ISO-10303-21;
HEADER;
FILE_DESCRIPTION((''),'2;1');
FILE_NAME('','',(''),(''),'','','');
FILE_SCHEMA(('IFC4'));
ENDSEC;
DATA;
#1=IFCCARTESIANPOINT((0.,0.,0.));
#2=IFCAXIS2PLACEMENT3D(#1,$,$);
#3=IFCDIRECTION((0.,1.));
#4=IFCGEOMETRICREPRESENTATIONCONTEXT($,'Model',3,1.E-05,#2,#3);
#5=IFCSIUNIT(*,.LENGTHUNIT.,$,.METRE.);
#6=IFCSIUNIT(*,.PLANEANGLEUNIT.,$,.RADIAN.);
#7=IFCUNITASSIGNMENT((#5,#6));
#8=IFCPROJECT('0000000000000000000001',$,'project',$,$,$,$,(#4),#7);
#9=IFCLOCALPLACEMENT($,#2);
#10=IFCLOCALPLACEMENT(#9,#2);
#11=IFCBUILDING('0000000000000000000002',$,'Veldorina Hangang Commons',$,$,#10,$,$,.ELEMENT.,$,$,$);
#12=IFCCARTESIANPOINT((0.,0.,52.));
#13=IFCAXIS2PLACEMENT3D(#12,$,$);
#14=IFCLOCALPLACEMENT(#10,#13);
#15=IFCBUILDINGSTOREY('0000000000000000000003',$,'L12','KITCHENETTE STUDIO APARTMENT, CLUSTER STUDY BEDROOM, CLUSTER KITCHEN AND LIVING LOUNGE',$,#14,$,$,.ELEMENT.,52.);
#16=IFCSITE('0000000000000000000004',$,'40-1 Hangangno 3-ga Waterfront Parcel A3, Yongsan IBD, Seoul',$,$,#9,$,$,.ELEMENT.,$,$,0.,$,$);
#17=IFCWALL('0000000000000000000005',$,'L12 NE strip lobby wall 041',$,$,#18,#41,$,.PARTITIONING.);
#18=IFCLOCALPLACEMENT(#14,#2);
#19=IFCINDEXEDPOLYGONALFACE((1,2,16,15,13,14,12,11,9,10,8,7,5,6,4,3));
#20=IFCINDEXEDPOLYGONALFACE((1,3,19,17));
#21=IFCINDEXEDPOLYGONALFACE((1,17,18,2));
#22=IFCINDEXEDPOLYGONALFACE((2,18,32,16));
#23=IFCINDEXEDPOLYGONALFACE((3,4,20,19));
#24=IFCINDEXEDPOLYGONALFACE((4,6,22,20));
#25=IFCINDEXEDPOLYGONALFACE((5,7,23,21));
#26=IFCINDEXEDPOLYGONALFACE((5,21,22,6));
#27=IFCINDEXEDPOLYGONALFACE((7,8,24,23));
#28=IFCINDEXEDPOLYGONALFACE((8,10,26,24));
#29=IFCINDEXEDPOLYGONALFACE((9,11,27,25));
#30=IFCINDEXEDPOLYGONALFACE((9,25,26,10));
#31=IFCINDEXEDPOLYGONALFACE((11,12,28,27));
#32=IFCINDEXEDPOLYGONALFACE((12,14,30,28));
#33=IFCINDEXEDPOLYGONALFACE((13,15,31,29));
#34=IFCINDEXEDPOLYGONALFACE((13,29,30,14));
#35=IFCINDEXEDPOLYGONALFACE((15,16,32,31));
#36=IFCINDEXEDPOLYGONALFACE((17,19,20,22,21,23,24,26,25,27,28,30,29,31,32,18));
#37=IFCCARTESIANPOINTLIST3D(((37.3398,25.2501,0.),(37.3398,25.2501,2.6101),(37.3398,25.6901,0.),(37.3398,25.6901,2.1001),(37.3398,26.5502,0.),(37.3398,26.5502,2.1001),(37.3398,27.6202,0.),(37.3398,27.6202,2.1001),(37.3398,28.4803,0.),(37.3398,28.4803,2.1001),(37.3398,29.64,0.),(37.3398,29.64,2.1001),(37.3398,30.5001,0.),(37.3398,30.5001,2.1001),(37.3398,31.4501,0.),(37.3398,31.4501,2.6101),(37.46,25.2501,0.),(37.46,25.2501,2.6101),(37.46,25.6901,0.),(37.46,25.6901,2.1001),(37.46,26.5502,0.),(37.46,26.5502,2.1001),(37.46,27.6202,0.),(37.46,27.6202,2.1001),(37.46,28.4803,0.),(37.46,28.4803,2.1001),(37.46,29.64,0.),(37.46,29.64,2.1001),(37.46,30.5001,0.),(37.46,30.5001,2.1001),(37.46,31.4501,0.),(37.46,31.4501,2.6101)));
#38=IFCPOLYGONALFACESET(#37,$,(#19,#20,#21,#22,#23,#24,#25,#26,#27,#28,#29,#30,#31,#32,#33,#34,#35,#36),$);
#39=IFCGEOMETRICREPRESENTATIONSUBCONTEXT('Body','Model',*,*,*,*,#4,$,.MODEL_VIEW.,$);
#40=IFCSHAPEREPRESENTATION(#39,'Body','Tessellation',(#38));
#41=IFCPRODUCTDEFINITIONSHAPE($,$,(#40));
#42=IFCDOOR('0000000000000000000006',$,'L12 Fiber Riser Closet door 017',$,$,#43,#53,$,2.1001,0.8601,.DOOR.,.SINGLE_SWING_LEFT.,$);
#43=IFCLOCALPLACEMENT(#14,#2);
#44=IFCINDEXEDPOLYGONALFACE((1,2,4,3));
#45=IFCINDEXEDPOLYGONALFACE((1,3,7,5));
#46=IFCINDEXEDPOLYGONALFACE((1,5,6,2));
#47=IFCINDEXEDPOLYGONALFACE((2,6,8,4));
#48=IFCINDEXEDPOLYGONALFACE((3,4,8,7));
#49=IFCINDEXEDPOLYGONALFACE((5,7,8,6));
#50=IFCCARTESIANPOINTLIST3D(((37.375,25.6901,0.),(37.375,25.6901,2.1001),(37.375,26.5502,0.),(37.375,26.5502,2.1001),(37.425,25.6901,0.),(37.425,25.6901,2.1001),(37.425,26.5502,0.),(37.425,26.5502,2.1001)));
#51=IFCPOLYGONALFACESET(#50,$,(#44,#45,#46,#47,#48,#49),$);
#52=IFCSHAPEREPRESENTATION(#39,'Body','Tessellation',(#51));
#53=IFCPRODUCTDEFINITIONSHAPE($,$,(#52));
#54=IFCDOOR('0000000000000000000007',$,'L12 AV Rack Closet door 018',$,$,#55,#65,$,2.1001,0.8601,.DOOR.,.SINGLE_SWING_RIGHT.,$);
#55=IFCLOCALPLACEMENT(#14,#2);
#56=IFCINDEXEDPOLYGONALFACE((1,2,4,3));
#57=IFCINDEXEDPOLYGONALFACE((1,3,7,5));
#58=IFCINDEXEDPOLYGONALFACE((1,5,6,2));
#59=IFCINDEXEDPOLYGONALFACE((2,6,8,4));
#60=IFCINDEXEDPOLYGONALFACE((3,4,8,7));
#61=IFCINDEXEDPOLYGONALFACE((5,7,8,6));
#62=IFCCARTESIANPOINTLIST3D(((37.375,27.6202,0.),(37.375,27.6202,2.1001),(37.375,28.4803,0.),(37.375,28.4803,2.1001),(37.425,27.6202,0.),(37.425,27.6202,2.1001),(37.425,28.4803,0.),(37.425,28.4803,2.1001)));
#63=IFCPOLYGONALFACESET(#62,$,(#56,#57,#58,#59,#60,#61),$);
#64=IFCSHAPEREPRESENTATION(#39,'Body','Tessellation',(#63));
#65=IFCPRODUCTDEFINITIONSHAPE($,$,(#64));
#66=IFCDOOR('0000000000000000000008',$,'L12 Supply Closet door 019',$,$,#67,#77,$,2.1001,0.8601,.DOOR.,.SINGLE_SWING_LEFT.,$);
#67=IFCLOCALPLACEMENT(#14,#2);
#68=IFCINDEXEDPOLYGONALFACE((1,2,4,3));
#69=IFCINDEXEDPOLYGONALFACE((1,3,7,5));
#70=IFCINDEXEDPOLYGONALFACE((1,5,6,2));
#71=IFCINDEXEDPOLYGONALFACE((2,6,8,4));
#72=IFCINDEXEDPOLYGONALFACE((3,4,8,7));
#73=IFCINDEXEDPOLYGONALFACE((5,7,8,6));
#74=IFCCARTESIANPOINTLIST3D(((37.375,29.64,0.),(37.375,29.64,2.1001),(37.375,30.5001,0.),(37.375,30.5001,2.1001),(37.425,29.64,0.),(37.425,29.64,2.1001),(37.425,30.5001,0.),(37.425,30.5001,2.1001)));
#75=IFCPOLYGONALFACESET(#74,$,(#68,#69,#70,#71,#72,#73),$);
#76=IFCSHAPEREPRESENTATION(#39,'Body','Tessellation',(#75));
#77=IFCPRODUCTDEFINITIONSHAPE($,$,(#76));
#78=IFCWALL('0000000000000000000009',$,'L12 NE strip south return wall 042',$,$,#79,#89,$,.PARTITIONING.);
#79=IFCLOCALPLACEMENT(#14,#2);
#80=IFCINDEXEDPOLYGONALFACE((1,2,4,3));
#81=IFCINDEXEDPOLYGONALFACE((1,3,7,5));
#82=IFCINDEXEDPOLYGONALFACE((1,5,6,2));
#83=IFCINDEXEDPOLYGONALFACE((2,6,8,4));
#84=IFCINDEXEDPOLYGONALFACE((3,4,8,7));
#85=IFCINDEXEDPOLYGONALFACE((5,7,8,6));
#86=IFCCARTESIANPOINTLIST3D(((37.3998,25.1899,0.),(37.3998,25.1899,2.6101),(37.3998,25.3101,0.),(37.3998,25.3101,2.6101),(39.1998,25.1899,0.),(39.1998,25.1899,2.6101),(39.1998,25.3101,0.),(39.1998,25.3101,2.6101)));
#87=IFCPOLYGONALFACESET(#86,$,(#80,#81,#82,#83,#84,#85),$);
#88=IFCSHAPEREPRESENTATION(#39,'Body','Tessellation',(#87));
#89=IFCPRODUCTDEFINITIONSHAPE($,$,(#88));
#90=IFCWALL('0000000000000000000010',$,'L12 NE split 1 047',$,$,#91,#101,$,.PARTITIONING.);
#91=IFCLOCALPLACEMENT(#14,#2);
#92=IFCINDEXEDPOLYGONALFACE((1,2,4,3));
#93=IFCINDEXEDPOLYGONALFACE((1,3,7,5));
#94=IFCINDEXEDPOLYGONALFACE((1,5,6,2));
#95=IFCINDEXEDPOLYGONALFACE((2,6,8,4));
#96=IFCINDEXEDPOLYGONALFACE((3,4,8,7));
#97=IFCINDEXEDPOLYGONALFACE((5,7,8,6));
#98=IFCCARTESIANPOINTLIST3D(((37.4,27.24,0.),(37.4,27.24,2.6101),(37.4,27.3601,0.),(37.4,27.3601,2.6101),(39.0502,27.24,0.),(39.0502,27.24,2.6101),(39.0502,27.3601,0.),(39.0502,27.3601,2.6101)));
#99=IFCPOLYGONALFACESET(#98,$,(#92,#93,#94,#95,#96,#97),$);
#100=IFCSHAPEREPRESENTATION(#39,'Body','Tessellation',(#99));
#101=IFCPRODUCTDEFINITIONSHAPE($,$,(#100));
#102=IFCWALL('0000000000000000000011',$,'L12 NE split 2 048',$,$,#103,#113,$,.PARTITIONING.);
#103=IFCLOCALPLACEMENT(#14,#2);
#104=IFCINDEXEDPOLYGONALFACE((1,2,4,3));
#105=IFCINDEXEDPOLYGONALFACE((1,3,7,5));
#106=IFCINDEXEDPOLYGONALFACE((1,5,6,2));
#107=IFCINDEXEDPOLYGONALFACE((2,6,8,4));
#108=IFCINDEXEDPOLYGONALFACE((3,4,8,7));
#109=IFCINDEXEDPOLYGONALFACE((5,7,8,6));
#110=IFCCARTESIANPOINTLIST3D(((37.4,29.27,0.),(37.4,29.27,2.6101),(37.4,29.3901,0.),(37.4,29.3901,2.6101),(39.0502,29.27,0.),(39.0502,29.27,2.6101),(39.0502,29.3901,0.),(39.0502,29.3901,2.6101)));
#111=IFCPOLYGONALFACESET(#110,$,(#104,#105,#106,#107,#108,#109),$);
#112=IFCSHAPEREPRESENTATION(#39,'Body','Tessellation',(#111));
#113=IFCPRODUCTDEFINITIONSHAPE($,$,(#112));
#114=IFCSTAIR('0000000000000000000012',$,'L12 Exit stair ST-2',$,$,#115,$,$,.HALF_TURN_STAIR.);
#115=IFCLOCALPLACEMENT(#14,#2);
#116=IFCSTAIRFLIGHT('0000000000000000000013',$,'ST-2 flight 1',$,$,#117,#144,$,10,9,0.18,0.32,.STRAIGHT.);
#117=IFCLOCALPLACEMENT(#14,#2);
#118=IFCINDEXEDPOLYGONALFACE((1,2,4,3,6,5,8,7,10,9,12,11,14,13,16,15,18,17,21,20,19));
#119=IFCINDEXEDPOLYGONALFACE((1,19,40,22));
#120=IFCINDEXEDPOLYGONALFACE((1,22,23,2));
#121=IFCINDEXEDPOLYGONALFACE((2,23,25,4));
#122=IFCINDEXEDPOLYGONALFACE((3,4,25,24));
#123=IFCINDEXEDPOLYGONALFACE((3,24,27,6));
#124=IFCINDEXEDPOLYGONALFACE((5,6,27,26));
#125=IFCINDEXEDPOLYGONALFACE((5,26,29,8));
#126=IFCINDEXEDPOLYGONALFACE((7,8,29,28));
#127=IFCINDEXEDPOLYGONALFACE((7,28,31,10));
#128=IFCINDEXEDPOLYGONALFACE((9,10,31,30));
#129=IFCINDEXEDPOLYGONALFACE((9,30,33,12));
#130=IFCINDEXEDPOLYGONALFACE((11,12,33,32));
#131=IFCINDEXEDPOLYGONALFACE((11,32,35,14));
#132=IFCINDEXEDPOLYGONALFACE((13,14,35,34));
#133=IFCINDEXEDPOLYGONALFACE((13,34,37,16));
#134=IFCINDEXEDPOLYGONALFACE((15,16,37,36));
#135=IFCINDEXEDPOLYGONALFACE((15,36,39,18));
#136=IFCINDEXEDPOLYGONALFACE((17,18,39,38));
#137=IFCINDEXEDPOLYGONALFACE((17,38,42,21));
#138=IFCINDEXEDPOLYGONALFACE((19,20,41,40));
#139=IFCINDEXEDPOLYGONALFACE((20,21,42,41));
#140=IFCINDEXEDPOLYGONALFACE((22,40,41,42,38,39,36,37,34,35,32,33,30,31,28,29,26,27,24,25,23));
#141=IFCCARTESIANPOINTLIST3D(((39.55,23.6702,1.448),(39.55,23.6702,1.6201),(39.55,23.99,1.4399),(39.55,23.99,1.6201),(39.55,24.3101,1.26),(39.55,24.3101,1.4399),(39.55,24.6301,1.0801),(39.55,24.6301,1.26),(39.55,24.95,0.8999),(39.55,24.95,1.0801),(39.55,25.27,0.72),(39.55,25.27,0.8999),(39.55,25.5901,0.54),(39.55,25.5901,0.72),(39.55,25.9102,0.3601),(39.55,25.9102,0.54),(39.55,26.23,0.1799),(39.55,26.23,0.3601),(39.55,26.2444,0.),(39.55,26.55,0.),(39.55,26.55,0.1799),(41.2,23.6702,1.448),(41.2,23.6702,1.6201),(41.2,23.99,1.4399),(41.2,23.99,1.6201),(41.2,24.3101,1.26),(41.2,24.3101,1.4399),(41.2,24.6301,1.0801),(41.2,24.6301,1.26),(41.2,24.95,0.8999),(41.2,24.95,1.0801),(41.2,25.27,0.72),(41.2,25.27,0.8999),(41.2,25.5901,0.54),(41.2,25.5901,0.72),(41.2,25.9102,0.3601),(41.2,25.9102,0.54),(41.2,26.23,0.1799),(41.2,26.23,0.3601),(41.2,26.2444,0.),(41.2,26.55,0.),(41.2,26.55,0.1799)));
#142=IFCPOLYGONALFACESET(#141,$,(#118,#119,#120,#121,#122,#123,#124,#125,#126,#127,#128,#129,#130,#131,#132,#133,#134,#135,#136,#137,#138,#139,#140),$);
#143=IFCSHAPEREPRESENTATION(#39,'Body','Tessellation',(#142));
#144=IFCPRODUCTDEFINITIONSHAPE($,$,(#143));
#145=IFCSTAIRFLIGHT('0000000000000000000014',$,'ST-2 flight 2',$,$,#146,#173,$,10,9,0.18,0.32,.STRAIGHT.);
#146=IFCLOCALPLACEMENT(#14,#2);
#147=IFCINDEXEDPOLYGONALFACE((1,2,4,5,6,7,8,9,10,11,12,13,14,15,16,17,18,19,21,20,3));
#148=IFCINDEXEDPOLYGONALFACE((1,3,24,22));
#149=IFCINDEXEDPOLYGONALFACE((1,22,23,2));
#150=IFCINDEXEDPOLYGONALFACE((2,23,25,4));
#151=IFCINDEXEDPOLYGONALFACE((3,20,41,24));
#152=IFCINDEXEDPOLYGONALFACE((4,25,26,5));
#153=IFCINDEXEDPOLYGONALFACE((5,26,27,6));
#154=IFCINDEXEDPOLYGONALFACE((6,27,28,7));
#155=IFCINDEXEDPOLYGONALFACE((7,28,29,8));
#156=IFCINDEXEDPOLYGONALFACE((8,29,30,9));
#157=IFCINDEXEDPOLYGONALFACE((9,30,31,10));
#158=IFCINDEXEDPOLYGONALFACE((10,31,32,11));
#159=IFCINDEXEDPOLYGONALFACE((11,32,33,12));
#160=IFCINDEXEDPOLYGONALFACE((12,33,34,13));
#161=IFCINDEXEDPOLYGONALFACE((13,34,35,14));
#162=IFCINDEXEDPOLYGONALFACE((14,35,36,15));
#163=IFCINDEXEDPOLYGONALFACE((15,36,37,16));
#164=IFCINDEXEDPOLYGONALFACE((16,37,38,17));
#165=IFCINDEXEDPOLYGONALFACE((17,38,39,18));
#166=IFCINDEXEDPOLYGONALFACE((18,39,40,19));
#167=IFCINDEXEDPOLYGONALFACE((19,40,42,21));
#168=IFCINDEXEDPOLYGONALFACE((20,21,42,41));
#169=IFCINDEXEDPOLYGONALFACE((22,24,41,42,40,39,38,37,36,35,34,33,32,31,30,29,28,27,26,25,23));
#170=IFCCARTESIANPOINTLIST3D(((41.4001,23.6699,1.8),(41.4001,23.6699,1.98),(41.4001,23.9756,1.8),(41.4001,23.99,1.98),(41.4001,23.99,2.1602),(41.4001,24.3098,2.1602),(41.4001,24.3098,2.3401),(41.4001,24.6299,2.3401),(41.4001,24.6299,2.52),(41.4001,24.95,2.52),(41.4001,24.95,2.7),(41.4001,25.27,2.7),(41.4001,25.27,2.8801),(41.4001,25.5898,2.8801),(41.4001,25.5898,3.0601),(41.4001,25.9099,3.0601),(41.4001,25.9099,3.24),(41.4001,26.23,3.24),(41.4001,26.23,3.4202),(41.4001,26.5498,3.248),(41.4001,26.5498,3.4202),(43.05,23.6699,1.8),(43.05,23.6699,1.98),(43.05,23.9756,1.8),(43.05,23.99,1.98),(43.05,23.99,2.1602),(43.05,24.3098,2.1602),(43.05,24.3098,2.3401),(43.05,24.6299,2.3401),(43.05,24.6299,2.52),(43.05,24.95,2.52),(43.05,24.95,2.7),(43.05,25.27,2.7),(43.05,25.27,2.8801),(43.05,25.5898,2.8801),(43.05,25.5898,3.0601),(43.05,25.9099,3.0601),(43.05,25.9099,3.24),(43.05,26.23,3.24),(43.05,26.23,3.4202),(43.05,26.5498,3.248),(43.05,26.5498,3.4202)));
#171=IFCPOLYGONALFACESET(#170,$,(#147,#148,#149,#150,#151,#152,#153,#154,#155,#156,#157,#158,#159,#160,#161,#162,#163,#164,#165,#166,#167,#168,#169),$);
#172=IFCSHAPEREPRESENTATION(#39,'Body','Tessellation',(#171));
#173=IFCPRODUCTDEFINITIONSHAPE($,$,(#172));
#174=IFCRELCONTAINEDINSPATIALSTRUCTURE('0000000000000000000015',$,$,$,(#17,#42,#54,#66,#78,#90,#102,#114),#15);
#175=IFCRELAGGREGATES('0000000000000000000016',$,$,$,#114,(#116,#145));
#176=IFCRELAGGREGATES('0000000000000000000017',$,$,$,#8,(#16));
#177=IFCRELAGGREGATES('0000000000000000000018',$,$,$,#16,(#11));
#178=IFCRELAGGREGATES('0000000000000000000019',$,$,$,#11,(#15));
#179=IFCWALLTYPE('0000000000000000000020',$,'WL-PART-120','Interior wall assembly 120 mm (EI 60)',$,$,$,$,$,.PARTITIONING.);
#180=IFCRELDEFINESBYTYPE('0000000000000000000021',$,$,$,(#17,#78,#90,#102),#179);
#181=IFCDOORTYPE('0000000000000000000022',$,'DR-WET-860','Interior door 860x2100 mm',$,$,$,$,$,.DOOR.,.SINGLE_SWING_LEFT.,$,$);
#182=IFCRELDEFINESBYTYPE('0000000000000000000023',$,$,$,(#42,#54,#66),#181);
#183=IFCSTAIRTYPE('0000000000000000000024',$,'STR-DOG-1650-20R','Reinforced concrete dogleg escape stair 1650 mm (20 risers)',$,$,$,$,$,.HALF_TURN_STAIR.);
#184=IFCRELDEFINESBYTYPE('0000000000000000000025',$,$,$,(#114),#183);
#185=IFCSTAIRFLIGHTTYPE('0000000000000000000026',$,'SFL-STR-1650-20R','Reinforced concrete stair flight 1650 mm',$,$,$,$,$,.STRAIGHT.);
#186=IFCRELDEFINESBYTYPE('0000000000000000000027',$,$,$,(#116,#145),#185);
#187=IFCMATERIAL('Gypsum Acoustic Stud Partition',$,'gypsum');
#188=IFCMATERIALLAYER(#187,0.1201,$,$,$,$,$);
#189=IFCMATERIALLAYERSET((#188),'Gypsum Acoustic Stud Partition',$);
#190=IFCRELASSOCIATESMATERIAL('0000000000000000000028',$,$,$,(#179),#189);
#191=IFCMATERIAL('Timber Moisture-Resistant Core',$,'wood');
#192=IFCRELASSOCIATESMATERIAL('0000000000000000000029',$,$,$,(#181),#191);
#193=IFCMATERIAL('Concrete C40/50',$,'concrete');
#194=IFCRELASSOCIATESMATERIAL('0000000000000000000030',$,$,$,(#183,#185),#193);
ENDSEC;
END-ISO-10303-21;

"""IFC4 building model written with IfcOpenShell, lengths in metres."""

from ifc_helpers import new_model, si_unit, direction, frame, frame_2d, origin, place, context, subcontext, project, spatial, polyline, rectangle, outline, extrude, material, layer, layer_set, type_object, element, fill, aggregate, save


model = new_model("IFC4")

# Units and contexts
model_context = context("Model", 3, precision=1e-05, world=origin(), true_north=direction((0.0, 1.0)))
body_context = subcontext(model_context, "Body", "Model", "MODEL_VIEW")
ifc_project = project(units=[si_unit("LENGTHUNIT", "METRE"), si_unit("PLANEANGLEUNIT", "RADIAN")], contexts=[model_context])

# Site, building, storey
site_placement = place(None, origin())
site = spatial("IfcSite", under=ifc_project, at=site_placement, Name="40-1 Hangangno 3-ga Waterfront Parcel A3, Yongsan IBD, Seoul", CompositionType="ELEMENT", RefElevation=0.0)
building_placement = place(site_placement, origin())
building = spatial("IfcBuilding", under=site, at=building_placement, Name="Veldorina Hangang Commons", CompositionType="ELEMENT")
storey_placement = place(building_placement, frame((0.0, 0.0, 52.0)))
storey = spatial("IfcBuildingStorey", under=building, at=storey_placement, Name="L12", Description="KITCHENETTE STUDIO APARTMENT, CLUSTER STUDY BEDROOM, CLUSTER KITCHEN AND LIVING LOUNGE", CompositionType="ELEMENT", Elevation=52.0)

# Wall, openings, doors
ifc_material_1 = material(Name="Gypsum Acoustic Stud Partition", Category="gypsum")
ifc_layer_1 = layer(ifc_material_1, 0.1201)
ifc_layer_set_1 = layer_set([ifc_layer_1], Name="Gypsum Acoustic Stud Partition")
wall_type_1 = type_object("IfcWallType", Name="WL-PART-120", Description="Interior wall assembly 120 mm (EI 60)", PredefinedType="PARTITIONING", material=ifc_layer_set_1)
wall_1_placement = place(storey_placement, frame((37.3999, 25.25, 0.0), z_axis=(0.0, 0.0, 1.0), x_axis=(0.0, 1.0, 0.0)))
wall_1 = element("IfcWall", 1, at=wall_1_placement, inside=storey, type_object=wall_type_1, Name="L12 NE strip lobby wall 041", PredefinedType="PARTITIONING", context=body_context, shape_type="SweptSolid", body=[
    extrude(rectangle(XDim=6.2, YDim=0.1201, at=frame_2d((3.1001, 0.0))), origin(), (0.0, 0.0, 1.0), 2.6101),
])
opening_1_placement = place(wall_1_placement, frame((0.4399, 0.0, 0.0)))
opening_1 = element("IfcOpeningElement", 2, at=opening_1_placement, cuts=wall_1, PredefinedType="OPENING", context=body_context, shape_type="SweptSolid", body=[
    extrude(rectangle(XDim=0.8601, YDim=2.1001, at=frame_2d((0.4302, 1.05))), frame((0.0, 0.0701, 0.0), z_axis=(0.0, -1.0, 0.0), x_axis=(1.0, 0.0, 0.0)), (0.0, 0.0, 1.0), 0.1401),
])
opening_2_placement = place(wall_1_placement, frame((2.3701, 0.0, 0.0)))
opening_2 = element("IfcOpeningElement", 3, at=opening_2_placement, cuts=wall_1, PredefinedType="OPENING", context=body_context, shape_type="SweptSolid", body=[
    extrude(rectangle(XDim=0.8601, YDim=2.1001, at=frame_2d((0.4302, 1.05))), frame((0.0, 0.0701, 0.0), z_axis=(0.0, -1.0, 0.0), x_axis=(1.0, 0.0, 0.0)), (0.0, 0.0, 1.0), 0.1401),
])
opening_3_placement = place(wall_1_placement, frame((4.3899, 0.0, 0.0)))
opening_3 = element("IfcOpeningElement", 4, at=opening_3_placement, cuts=wall_1, PredefinedType="OPENING", context=body_context, shape_type="SweptSolid", body=[
    extrude(rectangle(XDim=0.8601, YDim=2.1001, at=frame_2d((0.4302, 1.05))), frame((0.0, 0.0701, 0.0), z_axis=(0.0, -1.0, 0.0), x_axis=(1.0, 0.0, 0.0)), (0.0, 0.0, 1.0), 0.1401),
])
ifc_material_2 = material(Name="Timber Moisture-Resistant Core", Category="wood")
door_type_1 = type_object("IfcDoorType", Name="DR-WET-860", Description="Interior door 860x2100 mm", OperationType="SINGLE_SWING_LEFT", PredefinedType="DOOR", material=ifc_material_2)
door_1_placement = place(opening_1_placement, origin())
door_1 = element("IfcDoor", 5, at=door_1_placement, inside=storey, type_object=door_type_1, Name="L12 Fiber Riser Closet door 017", OperationType="SINGLE_SWING_LEFT", OverallHeight=2.1001, OverallWidth=0.8601, PredefinedType="DOOR", context=body_context, shape_type="SweptSolid", body=[
    extrude(rectangle(XDim=0.8601, YDim=2.1001, at=frame_2d((0.4302, 1.05))), frame((0.0, 0.0249, 0.0), z_axis=(0.0, -1.0, 0.0), x_axis=(1.0, 0.0, 0.0)), (0.0, 0.0, 1.0), 0.05),
])
fill(opening_1, door_1)
door_2_placement = place(opening_2_placement, origin())
door_2 = element("IfcDoor", 6, at=door_2_placement, inside=storey, type_object=door_type_1, Name="L12 AV Rack Closet door 018", OperationType="SINGLE_SWING_RIGHT", OverallHeight=2.1001, OverallWidth=0.8601, PredefinedType="DOOR", context=body_context, shape_type="SweptSolid", body=[
    extrude(rectangle(XDim=0.8601, YDim=2.1001, at=frame_2d((0.4302, 1.05))), frame((0.0, 0.0249, 0.0), z_axis=(0.0, -1.0, 0.0), x_axis=(1.0, 0.0, 0.0)), (0.0, 0.0, 1.0), 0.05),
])
fill(opening_2, door_2)
door_3_placement = place(opening_3_placement, origin())
door_3 = element("IfcDoor", 7, at=door_3_placement, inside=storey, type_object=door_type_1, Name="L12 Supply Closet door 019", OperationType="SINGLE_SWING_LEFT", OverallHeight=2.1001, OverallWidth=0.8601, PredefinedType="DOOR", context=body_context, shape_type="SweptSolid", body=[
    extrude(rectangle(XDim=0.8601, YDim=2.1001, at=frame_2d((0.4302, 1.05))), frame((0.0, 0.0249, 0.0), z_axis=(0.0, -1.0, 0.0), x_axis=(1.0, 0.0, 0.0)), (0.0, 0.0, 1.0), 0.05),
])
fill(opening_3, door_3)

# Walls
wall_2_placement = place(storey_placement, frame((37.3999, 25.25, 0.0), z_axis=(0.0, 0.0, 1.0), x_axis=(1.0, 0.0, 0.0)))
element("IfcWall", 8, at=wall_2_placement, inside=storey, type_object=wall_type_1, Name="L12 NE strip south return wall 042", PredefinedType="PARTITIONING", context=body_context, shape_type="SweptSolid", body=[
    extrude(rectangle(XDim=1.8, YDim=0.1201, at=frame_2d((0.8999, 0.0))), origin(), (0.0, 0.0, 1.0), 2.6101),
])
for number, where, z_axis, x_axis, name in (
    (9, (37.3999, 27.3, 0.0), (0.0, 0.0, 1.0), (1.0, 0.0, 0.0), "L12 NE split 1 047"),
    (10, (37.3999, 29.3301, 0.0), (0.0, 0.0, 1.0), (1.0, 0.0, 0.0), "L12 NE split 2 048"),
):
    element("IfcWall", number, at=place(storey_placement, frame(where, z_axis=z_axis, x_axis=x_axis)), inside=storey, type_object=wall_type_1, Name=name, PredefinedType="PARTITIONING", context=body_context, shape_type="SweptSolid", body=[
        extrude(rectangle(XDim=1.6501, YDim=0.1201, at=frame_2d((0.8252, 0.0))), origin(), (0.0, 0.0, 1.0), 2.6101),
    ])

# Stair, stair flights
ifc_material_3 = material(Name="Concrete C40/50", Category="concrete")
stair_type = type_object("IfcStairType", Name="STR-DOG-1650-20R", Description="Reinforced concrete dogleg escape stair 1650 mm (20 risers)", PredefinedType="HALF_TURN_STAIR", material=ifc_material_3)
stair_placement = place(storey_placement, origin())
stair = element("IfcStair", 11, at=stair_placement, inside=storey, type_object=stair_type, Name="L12 Exit stair ST-2", PredefinedType="HALF_TURN_STAIR")
stair_flight_type = type_object("IfcStairFlightType", Name="SFL-STR-1650-20R", Description="Reinforced concrete stair flight 1650 mm", PredefinedType="STRAIGHT", material=ifc_material_3)
stair_flight_1_placement = place(storey_placement, frame((40.375, 26.55, 0.0), z_axis=(0.0, 0.0, 1.0), x_axis=(0.0, -1.0, 0.0)))
stair_flight_1 = element("IfcStairFlight", 12, at=stair_flight_1_placement, type_object=stair_flight_type, Name="ST-2 flight 1", NumberOfRisers=10, NumberOfTreads=9, PredefinedType="STRAIGHT", RiserHeight=0.18, TreadLength=0.32, context=body_context, shape_type="SweptSolid", body=[
    extrude(outline(polyline([(0.0, 0.0), (0.0, 0.1799), (0.3201, 0.1799), (0.3201, 0.3601), (0.6399, 0.3601), (0.6399, 0.54), (0.96, 0.54), (0.96, 0.72), (1.28, 0.72), (1.28, 0.8999), (1.6001, 0.8999), (1.6001, 1.0801), (1.9199, 1.0801), (1.9199, 1.26), (2.24, 1.26), (2.24, 1.4399), (2.5601, 1.4399), (2.5601, 1.6201), (2.8799, 1.6201), (2.8799, 1.8), (2.8799, 1.448), (0.3057, 0.0), (0.0, 0.0)])), frame((0.0, 0.825, 0.0), z_axis=(0.0, -1.0, 0.0), x_axis=(1.0, 0.0, 0.0)), (0.0, 0.0, 1.0), 1.6499),
])
stair_flight_2_placement = place(storey_placement, frame((42.2251, 23.6699, 1.8), z_axis=(0.0, 0.0, 1.0), x_axis=(0.0, 1.0, 0.0)))
stair_flight_2 = element("IfcStairFlight", 13, at=stair_flight_2_placement, type_object=stair_flight_type, Name="ST-2 flight 2", NumberOfRisers=10, NumberOfTreads=9, PredefinedType="STRAIGHT", RiserHeight=0.18, TreadLength=0.32, context=body_context, shape_type="SweptSolid", body=[
    extrude(outline(polyline([(0.0, 0.0), (0.0, 0.1799), (0.3201, 0.1799), (0.3201, 0.3601), (0.6399, 0.3601), (0.6399, 0.54), (0.96, 0.54), (0.96, 0.72), (1.28, 0.72), (1.28, 0.8999), (1.6001, 0.8999), (1.6001, 1.0801), (1.9199, 1.0801), (1.9199, 1.26), (2.24, 1.26), (2.24, 1.4399), (2.5601, 1.4399), (2.5601, 1.6201), (2.8799, 1.6201), (2.8799, 1.8), (2.8799, 1.448), (0.3057, 0.0), (0.0, 0.0)])), frame((0.0, 0.825, 0.0), z_axis=(0.0, -1.0, 0.0), x_axis=(1.0, 0.0, 0.0)), (0.0, 0.0, 1.0), 1.6499),
])
aggregate(stair, [stair_flight_1, stair_flight_2])

save(model, "model.ifc")
